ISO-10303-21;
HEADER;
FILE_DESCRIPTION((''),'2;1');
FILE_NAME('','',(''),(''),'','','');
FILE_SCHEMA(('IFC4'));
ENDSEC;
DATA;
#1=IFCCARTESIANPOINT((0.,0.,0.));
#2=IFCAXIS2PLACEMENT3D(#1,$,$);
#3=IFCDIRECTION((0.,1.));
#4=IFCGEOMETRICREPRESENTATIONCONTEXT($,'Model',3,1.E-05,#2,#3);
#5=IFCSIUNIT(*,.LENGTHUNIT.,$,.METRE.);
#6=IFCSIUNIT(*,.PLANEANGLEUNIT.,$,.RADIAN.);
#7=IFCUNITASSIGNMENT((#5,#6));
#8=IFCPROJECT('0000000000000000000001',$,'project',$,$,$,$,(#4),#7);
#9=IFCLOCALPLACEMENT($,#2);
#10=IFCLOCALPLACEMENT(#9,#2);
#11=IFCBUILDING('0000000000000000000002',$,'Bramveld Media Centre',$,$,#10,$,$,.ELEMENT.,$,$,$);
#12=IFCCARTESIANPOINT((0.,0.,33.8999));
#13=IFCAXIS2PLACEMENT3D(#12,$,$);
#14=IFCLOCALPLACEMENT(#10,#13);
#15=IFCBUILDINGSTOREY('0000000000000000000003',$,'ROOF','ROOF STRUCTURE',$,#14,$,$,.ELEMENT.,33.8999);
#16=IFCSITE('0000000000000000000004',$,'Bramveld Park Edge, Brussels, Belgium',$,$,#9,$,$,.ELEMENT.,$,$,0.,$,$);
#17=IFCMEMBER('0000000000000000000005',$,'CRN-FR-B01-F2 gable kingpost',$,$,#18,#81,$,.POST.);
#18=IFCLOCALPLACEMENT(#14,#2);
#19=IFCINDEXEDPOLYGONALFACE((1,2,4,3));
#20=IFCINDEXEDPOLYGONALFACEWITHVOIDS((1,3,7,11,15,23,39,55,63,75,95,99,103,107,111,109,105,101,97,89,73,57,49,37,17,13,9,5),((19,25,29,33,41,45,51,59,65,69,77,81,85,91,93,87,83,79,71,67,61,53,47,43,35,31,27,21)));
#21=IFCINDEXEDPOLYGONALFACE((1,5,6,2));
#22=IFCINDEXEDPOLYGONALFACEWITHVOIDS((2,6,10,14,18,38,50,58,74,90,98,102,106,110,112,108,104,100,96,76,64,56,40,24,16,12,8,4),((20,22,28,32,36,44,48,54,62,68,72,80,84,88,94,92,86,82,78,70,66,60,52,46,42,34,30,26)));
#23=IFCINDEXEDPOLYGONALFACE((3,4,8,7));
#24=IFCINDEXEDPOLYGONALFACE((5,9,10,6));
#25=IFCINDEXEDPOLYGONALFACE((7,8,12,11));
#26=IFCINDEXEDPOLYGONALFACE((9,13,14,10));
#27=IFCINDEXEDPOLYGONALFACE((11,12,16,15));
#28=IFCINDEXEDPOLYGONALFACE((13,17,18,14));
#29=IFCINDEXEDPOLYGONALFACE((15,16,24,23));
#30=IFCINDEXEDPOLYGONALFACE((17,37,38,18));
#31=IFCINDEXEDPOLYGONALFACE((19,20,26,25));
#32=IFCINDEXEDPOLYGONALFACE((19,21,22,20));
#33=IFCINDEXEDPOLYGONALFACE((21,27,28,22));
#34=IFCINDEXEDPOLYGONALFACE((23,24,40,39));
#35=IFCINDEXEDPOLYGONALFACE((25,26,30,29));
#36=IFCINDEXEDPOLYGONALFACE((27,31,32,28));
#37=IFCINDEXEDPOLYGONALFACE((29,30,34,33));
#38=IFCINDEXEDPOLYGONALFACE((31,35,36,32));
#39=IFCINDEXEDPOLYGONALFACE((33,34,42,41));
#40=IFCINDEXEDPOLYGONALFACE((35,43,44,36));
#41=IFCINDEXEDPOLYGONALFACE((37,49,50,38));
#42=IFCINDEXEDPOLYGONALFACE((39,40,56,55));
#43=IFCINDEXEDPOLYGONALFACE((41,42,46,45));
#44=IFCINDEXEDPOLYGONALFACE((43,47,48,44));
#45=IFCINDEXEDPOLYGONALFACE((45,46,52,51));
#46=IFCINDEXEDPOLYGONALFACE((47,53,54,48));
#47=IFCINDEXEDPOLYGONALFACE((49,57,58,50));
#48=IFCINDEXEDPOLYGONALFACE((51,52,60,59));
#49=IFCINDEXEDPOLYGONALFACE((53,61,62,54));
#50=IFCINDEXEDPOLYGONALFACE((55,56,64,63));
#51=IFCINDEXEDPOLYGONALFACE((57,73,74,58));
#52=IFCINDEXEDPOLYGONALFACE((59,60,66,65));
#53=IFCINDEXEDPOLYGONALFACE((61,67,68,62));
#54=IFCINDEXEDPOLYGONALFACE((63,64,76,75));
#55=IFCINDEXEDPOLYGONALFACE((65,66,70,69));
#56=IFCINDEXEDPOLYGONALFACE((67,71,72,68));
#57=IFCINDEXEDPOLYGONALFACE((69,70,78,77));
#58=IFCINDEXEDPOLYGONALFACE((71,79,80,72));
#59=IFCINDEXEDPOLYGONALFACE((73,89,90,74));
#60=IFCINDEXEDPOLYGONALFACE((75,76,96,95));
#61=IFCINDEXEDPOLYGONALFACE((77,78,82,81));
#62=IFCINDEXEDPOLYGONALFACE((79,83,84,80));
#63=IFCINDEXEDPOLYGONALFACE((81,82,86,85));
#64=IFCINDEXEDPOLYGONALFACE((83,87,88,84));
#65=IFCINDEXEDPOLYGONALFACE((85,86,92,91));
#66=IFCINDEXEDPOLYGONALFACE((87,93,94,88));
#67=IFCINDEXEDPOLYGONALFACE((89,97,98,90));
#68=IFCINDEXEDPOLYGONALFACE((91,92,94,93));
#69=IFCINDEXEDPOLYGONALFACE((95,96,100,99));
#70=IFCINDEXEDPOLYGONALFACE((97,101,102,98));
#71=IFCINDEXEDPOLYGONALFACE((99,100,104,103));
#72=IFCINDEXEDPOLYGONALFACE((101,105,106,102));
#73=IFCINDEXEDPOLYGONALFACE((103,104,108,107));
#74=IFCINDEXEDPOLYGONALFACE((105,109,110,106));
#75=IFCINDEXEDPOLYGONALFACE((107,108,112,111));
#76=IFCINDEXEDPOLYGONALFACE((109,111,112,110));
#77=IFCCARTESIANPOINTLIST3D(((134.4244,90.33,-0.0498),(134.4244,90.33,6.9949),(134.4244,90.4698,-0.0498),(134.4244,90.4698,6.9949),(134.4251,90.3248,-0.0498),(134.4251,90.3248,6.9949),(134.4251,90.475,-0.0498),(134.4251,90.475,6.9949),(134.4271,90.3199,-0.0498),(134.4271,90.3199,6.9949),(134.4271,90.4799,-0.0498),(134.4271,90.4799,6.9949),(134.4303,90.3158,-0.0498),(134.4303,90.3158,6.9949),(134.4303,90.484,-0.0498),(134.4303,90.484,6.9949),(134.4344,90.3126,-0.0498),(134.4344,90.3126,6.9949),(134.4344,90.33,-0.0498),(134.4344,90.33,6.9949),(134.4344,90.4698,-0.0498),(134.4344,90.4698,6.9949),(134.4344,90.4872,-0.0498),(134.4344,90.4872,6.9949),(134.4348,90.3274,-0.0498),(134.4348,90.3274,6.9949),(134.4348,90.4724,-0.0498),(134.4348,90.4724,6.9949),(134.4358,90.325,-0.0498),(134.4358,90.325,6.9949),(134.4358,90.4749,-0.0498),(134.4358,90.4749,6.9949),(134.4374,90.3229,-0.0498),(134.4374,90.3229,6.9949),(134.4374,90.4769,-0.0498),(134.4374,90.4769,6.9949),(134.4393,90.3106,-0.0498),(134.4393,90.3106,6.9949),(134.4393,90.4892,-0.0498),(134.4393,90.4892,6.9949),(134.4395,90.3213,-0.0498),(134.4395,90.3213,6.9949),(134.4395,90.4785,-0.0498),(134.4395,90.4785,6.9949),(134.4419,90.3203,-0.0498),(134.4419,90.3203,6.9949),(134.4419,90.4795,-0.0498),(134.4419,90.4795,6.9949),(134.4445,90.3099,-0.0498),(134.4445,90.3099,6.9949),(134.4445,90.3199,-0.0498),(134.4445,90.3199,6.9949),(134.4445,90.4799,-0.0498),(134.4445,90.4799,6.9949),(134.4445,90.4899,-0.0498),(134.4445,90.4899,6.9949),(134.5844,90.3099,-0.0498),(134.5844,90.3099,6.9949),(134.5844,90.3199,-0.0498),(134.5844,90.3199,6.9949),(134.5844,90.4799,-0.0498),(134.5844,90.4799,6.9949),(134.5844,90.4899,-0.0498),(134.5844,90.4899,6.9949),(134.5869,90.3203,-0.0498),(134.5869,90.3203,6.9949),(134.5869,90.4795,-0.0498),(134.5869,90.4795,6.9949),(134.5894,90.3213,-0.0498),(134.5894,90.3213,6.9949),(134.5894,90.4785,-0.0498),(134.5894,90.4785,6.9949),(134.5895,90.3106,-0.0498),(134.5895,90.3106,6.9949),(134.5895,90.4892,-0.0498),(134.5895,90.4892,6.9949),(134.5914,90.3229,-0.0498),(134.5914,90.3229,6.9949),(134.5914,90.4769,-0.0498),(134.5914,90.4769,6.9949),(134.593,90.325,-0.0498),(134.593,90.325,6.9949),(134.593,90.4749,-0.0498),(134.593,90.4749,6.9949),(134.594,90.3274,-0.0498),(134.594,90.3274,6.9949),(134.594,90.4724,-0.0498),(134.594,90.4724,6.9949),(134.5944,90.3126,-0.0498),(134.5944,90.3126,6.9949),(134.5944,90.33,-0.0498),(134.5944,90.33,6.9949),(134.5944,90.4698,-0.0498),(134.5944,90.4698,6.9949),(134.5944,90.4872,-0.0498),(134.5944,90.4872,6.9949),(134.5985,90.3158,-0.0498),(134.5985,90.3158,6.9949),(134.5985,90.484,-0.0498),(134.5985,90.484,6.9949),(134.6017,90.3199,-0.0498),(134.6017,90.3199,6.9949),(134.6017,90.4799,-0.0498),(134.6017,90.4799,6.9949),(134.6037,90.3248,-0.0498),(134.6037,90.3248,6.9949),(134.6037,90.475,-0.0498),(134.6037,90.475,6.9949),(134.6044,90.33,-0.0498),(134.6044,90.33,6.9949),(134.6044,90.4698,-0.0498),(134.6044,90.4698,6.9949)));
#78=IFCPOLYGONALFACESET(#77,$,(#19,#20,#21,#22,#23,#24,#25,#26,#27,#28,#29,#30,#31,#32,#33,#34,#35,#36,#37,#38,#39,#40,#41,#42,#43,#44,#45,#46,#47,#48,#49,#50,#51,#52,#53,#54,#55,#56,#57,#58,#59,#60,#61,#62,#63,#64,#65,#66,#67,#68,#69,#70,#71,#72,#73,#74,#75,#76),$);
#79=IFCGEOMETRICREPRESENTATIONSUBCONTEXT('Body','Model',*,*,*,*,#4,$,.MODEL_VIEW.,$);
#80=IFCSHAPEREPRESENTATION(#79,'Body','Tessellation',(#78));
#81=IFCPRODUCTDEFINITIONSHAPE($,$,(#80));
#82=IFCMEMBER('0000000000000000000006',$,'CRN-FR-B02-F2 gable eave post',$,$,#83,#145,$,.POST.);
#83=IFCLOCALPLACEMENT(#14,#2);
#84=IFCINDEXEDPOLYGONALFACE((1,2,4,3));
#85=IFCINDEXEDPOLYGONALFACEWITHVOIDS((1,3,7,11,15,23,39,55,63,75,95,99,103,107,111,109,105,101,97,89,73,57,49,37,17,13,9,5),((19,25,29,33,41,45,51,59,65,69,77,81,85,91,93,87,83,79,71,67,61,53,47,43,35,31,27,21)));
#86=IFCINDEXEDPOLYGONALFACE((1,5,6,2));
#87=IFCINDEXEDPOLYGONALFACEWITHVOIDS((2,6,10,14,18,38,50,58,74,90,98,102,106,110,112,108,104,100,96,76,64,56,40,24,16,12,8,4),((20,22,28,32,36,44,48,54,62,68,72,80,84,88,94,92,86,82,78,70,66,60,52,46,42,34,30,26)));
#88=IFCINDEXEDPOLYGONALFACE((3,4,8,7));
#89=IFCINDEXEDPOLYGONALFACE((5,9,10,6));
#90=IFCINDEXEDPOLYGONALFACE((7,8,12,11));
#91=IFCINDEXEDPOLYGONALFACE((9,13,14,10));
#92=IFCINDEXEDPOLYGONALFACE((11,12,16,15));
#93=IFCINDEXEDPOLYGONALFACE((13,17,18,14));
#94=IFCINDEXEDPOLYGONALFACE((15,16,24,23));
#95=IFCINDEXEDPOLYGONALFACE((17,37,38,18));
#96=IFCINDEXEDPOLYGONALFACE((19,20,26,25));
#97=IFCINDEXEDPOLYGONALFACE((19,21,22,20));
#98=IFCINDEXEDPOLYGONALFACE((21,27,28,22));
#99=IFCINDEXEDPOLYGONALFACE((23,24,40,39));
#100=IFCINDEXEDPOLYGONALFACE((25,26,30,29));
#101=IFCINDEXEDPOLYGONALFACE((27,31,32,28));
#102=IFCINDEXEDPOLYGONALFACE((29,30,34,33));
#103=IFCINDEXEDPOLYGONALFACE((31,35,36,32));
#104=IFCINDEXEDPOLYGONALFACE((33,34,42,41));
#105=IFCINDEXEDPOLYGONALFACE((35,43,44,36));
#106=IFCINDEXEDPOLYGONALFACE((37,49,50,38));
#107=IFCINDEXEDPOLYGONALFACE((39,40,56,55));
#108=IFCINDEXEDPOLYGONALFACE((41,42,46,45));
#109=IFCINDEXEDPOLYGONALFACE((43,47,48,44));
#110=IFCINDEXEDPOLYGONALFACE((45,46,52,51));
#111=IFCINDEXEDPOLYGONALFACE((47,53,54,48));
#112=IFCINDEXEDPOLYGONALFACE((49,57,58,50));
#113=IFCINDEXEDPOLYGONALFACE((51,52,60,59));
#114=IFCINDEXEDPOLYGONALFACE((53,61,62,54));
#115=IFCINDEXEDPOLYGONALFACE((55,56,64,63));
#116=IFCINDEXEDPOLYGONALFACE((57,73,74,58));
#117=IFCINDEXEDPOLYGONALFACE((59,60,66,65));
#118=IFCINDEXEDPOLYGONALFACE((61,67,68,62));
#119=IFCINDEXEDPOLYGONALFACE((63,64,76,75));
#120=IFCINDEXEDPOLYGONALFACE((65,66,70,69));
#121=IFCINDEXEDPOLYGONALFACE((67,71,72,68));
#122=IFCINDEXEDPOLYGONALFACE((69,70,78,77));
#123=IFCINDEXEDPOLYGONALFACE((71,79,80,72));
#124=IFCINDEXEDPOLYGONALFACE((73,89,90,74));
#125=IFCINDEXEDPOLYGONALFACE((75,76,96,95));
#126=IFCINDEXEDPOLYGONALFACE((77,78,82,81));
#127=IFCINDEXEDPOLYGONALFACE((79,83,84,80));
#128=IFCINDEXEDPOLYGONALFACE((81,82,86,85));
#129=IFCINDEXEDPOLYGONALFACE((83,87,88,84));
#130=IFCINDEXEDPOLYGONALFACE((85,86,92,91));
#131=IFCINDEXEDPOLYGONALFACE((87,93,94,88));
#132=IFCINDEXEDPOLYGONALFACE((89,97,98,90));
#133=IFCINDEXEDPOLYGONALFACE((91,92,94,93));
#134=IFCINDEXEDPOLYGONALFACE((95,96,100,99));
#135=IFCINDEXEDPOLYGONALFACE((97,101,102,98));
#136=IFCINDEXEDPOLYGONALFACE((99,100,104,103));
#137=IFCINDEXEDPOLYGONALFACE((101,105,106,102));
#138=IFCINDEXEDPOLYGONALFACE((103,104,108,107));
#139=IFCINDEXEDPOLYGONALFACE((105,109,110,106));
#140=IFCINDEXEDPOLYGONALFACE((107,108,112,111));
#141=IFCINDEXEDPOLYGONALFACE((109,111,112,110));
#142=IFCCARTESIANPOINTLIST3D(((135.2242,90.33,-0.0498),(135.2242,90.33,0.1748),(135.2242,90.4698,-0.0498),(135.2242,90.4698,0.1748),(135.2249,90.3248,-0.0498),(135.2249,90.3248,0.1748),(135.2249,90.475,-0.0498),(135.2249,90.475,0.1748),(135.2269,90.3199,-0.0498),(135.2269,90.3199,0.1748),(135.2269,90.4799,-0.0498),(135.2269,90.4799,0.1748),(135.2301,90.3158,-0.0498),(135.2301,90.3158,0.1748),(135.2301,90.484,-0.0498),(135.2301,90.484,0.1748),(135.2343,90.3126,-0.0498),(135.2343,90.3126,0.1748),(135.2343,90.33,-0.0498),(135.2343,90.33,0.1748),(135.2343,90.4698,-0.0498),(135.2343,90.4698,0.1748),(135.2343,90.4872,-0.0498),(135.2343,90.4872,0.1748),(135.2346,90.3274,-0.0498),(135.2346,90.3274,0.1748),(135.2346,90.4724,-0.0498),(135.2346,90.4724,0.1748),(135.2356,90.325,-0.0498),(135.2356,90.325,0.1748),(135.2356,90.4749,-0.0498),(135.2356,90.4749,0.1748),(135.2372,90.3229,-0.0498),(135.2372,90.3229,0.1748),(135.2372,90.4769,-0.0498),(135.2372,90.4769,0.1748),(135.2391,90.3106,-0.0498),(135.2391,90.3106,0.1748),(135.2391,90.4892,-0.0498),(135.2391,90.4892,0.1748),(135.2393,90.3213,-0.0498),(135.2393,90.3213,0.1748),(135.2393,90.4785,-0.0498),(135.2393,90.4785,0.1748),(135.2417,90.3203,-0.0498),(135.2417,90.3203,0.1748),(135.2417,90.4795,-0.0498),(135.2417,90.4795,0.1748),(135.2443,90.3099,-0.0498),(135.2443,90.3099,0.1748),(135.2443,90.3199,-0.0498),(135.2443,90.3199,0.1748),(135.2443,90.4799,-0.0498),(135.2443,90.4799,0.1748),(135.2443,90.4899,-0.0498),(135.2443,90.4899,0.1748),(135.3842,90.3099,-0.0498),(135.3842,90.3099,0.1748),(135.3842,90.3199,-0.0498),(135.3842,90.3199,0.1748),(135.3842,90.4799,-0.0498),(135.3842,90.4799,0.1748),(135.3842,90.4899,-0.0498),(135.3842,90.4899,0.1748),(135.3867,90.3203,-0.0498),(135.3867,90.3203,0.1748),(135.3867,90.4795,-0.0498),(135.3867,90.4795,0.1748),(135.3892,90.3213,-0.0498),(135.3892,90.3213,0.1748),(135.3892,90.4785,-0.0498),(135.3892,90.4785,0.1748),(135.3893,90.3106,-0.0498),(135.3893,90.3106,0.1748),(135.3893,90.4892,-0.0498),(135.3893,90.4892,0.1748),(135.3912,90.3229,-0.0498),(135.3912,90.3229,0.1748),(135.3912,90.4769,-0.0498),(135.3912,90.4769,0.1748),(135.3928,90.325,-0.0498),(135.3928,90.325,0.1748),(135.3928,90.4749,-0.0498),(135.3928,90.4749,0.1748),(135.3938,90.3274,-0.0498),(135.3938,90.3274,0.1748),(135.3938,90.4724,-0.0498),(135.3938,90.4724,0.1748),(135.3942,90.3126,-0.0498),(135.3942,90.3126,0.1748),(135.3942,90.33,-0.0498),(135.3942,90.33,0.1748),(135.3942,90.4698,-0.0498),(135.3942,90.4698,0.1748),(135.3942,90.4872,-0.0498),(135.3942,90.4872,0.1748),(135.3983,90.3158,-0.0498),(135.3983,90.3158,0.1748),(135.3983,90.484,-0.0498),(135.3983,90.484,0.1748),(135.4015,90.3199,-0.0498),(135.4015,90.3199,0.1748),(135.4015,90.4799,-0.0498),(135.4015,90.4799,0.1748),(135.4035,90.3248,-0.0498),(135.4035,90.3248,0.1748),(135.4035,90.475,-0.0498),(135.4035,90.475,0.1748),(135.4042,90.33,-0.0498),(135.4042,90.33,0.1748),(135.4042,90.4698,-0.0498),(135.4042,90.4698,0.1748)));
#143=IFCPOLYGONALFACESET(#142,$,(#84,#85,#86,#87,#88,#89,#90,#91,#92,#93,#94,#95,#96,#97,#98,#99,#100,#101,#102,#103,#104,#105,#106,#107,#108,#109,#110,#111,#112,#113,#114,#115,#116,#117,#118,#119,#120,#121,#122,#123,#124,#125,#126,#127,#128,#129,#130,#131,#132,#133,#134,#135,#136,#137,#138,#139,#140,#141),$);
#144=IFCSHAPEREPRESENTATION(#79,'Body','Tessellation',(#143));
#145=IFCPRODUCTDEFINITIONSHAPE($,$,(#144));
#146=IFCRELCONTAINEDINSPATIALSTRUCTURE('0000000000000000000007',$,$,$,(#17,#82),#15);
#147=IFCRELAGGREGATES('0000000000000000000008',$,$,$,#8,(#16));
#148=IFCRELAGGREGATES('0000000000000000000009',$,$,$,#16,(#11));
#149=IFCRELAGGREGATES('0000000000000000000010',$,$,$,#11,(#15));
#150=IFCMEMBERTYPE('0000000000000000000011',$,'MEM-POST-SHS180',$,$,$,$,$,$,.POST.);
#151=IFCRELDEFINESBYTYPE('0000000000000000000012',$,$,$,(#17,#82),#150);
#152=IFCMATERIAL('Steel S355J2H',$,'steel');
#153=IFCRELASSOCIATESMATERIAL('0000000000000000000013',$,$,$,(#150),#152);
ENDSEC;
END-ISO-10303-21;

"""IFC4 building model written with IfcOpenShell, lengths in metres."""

from ifc_helpers import new_model, si_unit, direction, frame, origin, origin_2d, place, context, subcontext, project, spatial, hollow_rectangle, extrude, material, material_profile, profile_set, type_object, element, save


model = new_model("IFC4")

# Units and contexts
model_context = context("Model", 3, precision=1e-05, world=origin(), true_north=direction((0.0, 1.0)))
body_context = subcontext(model_context, "Body", "Model", "MODEL_VIEW")
ifc_project = project(units=[si_unit("LENGTHUNIT", "METRE"), si_unit("PLANEANGLEUNIT", "RADIAN")], contexts=[model_context])

# Site, building, storey
site_placement = place(None, origin())
site = spatial("IfcSite", under=ifc_project, at=site_placement, Name="Bramveld Park Edge, Brussels, Belgium", CompositionType="ELEMENT", RefElevation=0.0)
building_placement = place(site_placement, origin())
building = spatial("IfcBuilding", under=site, at=building_placement, Name="Bramveld Media Centre", CompositionType="ELEMENT")
storey_placement = place(building_placement, frame((0.0, 0.0, 33.8999)))
storey = spatial("IfcBuildingStorey", under=building, at=storey_placement, Name="ROOF", Description="ROOF STRUCTURE", CompositionType="ELEMENT", Elevation=33.8999)

# Members
ifc_material_1 = material(Name="Steel S355J2H", Category="steel")
ifc_material_profile_1 = material_profile(ifc_material_1, hollow_rectangle(XDim=0.1799, YDim=0.1799, WallThickness=0.01, InnerFilletRadius=0.01, OuterFilletRadius=0.02, at=origin_2d()), Name="SHS 180x180x10")
ifc_profile_set_1 = profile_set([ifc_material_profile_1], Name="Steel S355J2H")
member_type_1 = type_object("IfcMemberType", Name="MEM-POST-SHS180", PredefinedType="POST", material=ifc_profile_set_1)
member_1_placement = place(storey_placement, frame((134.5144, 90.3999, -0.0498), z_axis=(0.0, 0.0, 1.0), x_axis=(1.0, 0.0, 0.0)))
element("IfcMember", 1, at=member_1_placement, inside=storey, type_object=member_type_1, Name="CRN-FR-B01-F2 gable kingpost", PredefinedType="POST", context=body_context, shape_type="SweptSolid", body=[
    extrude(hollow_rectangle(XDim=0.1799, YDim=0.1799, WallThickness=0.01, InnerFilletRadius=0.01, OuterFilletRadius=0.02, at=origin_2d()), origin(), (0.0, 0.0, 1.0), 7.0447),
])
member_2_placement = place(storey_placement, frame((135.3142, 90.3999, -0.0498), z_axis=(0.0, 0.0, 1.0), x_axis=(1.0, 0.0, 0.0)))
element("IfcMember", 2, at=member_2_placement, inside=storey, type_object=member_type_1, Name="CRN-FR-B02-F2 gable eave post", PredefinedType="POST", context=body_context, shape_type="SweptSolid", body=[
    extrude(hollow_rectangle(XDim=0.1799, YDim=0.1799, WallThickness=0.01, InnerFilletRadius=0.01, OuterFilletRadius=0.02, at=origin_2d()), origin(), (0.0, 0.0, 1.0), 0.2246),
])

save(model, "model.ifc")
